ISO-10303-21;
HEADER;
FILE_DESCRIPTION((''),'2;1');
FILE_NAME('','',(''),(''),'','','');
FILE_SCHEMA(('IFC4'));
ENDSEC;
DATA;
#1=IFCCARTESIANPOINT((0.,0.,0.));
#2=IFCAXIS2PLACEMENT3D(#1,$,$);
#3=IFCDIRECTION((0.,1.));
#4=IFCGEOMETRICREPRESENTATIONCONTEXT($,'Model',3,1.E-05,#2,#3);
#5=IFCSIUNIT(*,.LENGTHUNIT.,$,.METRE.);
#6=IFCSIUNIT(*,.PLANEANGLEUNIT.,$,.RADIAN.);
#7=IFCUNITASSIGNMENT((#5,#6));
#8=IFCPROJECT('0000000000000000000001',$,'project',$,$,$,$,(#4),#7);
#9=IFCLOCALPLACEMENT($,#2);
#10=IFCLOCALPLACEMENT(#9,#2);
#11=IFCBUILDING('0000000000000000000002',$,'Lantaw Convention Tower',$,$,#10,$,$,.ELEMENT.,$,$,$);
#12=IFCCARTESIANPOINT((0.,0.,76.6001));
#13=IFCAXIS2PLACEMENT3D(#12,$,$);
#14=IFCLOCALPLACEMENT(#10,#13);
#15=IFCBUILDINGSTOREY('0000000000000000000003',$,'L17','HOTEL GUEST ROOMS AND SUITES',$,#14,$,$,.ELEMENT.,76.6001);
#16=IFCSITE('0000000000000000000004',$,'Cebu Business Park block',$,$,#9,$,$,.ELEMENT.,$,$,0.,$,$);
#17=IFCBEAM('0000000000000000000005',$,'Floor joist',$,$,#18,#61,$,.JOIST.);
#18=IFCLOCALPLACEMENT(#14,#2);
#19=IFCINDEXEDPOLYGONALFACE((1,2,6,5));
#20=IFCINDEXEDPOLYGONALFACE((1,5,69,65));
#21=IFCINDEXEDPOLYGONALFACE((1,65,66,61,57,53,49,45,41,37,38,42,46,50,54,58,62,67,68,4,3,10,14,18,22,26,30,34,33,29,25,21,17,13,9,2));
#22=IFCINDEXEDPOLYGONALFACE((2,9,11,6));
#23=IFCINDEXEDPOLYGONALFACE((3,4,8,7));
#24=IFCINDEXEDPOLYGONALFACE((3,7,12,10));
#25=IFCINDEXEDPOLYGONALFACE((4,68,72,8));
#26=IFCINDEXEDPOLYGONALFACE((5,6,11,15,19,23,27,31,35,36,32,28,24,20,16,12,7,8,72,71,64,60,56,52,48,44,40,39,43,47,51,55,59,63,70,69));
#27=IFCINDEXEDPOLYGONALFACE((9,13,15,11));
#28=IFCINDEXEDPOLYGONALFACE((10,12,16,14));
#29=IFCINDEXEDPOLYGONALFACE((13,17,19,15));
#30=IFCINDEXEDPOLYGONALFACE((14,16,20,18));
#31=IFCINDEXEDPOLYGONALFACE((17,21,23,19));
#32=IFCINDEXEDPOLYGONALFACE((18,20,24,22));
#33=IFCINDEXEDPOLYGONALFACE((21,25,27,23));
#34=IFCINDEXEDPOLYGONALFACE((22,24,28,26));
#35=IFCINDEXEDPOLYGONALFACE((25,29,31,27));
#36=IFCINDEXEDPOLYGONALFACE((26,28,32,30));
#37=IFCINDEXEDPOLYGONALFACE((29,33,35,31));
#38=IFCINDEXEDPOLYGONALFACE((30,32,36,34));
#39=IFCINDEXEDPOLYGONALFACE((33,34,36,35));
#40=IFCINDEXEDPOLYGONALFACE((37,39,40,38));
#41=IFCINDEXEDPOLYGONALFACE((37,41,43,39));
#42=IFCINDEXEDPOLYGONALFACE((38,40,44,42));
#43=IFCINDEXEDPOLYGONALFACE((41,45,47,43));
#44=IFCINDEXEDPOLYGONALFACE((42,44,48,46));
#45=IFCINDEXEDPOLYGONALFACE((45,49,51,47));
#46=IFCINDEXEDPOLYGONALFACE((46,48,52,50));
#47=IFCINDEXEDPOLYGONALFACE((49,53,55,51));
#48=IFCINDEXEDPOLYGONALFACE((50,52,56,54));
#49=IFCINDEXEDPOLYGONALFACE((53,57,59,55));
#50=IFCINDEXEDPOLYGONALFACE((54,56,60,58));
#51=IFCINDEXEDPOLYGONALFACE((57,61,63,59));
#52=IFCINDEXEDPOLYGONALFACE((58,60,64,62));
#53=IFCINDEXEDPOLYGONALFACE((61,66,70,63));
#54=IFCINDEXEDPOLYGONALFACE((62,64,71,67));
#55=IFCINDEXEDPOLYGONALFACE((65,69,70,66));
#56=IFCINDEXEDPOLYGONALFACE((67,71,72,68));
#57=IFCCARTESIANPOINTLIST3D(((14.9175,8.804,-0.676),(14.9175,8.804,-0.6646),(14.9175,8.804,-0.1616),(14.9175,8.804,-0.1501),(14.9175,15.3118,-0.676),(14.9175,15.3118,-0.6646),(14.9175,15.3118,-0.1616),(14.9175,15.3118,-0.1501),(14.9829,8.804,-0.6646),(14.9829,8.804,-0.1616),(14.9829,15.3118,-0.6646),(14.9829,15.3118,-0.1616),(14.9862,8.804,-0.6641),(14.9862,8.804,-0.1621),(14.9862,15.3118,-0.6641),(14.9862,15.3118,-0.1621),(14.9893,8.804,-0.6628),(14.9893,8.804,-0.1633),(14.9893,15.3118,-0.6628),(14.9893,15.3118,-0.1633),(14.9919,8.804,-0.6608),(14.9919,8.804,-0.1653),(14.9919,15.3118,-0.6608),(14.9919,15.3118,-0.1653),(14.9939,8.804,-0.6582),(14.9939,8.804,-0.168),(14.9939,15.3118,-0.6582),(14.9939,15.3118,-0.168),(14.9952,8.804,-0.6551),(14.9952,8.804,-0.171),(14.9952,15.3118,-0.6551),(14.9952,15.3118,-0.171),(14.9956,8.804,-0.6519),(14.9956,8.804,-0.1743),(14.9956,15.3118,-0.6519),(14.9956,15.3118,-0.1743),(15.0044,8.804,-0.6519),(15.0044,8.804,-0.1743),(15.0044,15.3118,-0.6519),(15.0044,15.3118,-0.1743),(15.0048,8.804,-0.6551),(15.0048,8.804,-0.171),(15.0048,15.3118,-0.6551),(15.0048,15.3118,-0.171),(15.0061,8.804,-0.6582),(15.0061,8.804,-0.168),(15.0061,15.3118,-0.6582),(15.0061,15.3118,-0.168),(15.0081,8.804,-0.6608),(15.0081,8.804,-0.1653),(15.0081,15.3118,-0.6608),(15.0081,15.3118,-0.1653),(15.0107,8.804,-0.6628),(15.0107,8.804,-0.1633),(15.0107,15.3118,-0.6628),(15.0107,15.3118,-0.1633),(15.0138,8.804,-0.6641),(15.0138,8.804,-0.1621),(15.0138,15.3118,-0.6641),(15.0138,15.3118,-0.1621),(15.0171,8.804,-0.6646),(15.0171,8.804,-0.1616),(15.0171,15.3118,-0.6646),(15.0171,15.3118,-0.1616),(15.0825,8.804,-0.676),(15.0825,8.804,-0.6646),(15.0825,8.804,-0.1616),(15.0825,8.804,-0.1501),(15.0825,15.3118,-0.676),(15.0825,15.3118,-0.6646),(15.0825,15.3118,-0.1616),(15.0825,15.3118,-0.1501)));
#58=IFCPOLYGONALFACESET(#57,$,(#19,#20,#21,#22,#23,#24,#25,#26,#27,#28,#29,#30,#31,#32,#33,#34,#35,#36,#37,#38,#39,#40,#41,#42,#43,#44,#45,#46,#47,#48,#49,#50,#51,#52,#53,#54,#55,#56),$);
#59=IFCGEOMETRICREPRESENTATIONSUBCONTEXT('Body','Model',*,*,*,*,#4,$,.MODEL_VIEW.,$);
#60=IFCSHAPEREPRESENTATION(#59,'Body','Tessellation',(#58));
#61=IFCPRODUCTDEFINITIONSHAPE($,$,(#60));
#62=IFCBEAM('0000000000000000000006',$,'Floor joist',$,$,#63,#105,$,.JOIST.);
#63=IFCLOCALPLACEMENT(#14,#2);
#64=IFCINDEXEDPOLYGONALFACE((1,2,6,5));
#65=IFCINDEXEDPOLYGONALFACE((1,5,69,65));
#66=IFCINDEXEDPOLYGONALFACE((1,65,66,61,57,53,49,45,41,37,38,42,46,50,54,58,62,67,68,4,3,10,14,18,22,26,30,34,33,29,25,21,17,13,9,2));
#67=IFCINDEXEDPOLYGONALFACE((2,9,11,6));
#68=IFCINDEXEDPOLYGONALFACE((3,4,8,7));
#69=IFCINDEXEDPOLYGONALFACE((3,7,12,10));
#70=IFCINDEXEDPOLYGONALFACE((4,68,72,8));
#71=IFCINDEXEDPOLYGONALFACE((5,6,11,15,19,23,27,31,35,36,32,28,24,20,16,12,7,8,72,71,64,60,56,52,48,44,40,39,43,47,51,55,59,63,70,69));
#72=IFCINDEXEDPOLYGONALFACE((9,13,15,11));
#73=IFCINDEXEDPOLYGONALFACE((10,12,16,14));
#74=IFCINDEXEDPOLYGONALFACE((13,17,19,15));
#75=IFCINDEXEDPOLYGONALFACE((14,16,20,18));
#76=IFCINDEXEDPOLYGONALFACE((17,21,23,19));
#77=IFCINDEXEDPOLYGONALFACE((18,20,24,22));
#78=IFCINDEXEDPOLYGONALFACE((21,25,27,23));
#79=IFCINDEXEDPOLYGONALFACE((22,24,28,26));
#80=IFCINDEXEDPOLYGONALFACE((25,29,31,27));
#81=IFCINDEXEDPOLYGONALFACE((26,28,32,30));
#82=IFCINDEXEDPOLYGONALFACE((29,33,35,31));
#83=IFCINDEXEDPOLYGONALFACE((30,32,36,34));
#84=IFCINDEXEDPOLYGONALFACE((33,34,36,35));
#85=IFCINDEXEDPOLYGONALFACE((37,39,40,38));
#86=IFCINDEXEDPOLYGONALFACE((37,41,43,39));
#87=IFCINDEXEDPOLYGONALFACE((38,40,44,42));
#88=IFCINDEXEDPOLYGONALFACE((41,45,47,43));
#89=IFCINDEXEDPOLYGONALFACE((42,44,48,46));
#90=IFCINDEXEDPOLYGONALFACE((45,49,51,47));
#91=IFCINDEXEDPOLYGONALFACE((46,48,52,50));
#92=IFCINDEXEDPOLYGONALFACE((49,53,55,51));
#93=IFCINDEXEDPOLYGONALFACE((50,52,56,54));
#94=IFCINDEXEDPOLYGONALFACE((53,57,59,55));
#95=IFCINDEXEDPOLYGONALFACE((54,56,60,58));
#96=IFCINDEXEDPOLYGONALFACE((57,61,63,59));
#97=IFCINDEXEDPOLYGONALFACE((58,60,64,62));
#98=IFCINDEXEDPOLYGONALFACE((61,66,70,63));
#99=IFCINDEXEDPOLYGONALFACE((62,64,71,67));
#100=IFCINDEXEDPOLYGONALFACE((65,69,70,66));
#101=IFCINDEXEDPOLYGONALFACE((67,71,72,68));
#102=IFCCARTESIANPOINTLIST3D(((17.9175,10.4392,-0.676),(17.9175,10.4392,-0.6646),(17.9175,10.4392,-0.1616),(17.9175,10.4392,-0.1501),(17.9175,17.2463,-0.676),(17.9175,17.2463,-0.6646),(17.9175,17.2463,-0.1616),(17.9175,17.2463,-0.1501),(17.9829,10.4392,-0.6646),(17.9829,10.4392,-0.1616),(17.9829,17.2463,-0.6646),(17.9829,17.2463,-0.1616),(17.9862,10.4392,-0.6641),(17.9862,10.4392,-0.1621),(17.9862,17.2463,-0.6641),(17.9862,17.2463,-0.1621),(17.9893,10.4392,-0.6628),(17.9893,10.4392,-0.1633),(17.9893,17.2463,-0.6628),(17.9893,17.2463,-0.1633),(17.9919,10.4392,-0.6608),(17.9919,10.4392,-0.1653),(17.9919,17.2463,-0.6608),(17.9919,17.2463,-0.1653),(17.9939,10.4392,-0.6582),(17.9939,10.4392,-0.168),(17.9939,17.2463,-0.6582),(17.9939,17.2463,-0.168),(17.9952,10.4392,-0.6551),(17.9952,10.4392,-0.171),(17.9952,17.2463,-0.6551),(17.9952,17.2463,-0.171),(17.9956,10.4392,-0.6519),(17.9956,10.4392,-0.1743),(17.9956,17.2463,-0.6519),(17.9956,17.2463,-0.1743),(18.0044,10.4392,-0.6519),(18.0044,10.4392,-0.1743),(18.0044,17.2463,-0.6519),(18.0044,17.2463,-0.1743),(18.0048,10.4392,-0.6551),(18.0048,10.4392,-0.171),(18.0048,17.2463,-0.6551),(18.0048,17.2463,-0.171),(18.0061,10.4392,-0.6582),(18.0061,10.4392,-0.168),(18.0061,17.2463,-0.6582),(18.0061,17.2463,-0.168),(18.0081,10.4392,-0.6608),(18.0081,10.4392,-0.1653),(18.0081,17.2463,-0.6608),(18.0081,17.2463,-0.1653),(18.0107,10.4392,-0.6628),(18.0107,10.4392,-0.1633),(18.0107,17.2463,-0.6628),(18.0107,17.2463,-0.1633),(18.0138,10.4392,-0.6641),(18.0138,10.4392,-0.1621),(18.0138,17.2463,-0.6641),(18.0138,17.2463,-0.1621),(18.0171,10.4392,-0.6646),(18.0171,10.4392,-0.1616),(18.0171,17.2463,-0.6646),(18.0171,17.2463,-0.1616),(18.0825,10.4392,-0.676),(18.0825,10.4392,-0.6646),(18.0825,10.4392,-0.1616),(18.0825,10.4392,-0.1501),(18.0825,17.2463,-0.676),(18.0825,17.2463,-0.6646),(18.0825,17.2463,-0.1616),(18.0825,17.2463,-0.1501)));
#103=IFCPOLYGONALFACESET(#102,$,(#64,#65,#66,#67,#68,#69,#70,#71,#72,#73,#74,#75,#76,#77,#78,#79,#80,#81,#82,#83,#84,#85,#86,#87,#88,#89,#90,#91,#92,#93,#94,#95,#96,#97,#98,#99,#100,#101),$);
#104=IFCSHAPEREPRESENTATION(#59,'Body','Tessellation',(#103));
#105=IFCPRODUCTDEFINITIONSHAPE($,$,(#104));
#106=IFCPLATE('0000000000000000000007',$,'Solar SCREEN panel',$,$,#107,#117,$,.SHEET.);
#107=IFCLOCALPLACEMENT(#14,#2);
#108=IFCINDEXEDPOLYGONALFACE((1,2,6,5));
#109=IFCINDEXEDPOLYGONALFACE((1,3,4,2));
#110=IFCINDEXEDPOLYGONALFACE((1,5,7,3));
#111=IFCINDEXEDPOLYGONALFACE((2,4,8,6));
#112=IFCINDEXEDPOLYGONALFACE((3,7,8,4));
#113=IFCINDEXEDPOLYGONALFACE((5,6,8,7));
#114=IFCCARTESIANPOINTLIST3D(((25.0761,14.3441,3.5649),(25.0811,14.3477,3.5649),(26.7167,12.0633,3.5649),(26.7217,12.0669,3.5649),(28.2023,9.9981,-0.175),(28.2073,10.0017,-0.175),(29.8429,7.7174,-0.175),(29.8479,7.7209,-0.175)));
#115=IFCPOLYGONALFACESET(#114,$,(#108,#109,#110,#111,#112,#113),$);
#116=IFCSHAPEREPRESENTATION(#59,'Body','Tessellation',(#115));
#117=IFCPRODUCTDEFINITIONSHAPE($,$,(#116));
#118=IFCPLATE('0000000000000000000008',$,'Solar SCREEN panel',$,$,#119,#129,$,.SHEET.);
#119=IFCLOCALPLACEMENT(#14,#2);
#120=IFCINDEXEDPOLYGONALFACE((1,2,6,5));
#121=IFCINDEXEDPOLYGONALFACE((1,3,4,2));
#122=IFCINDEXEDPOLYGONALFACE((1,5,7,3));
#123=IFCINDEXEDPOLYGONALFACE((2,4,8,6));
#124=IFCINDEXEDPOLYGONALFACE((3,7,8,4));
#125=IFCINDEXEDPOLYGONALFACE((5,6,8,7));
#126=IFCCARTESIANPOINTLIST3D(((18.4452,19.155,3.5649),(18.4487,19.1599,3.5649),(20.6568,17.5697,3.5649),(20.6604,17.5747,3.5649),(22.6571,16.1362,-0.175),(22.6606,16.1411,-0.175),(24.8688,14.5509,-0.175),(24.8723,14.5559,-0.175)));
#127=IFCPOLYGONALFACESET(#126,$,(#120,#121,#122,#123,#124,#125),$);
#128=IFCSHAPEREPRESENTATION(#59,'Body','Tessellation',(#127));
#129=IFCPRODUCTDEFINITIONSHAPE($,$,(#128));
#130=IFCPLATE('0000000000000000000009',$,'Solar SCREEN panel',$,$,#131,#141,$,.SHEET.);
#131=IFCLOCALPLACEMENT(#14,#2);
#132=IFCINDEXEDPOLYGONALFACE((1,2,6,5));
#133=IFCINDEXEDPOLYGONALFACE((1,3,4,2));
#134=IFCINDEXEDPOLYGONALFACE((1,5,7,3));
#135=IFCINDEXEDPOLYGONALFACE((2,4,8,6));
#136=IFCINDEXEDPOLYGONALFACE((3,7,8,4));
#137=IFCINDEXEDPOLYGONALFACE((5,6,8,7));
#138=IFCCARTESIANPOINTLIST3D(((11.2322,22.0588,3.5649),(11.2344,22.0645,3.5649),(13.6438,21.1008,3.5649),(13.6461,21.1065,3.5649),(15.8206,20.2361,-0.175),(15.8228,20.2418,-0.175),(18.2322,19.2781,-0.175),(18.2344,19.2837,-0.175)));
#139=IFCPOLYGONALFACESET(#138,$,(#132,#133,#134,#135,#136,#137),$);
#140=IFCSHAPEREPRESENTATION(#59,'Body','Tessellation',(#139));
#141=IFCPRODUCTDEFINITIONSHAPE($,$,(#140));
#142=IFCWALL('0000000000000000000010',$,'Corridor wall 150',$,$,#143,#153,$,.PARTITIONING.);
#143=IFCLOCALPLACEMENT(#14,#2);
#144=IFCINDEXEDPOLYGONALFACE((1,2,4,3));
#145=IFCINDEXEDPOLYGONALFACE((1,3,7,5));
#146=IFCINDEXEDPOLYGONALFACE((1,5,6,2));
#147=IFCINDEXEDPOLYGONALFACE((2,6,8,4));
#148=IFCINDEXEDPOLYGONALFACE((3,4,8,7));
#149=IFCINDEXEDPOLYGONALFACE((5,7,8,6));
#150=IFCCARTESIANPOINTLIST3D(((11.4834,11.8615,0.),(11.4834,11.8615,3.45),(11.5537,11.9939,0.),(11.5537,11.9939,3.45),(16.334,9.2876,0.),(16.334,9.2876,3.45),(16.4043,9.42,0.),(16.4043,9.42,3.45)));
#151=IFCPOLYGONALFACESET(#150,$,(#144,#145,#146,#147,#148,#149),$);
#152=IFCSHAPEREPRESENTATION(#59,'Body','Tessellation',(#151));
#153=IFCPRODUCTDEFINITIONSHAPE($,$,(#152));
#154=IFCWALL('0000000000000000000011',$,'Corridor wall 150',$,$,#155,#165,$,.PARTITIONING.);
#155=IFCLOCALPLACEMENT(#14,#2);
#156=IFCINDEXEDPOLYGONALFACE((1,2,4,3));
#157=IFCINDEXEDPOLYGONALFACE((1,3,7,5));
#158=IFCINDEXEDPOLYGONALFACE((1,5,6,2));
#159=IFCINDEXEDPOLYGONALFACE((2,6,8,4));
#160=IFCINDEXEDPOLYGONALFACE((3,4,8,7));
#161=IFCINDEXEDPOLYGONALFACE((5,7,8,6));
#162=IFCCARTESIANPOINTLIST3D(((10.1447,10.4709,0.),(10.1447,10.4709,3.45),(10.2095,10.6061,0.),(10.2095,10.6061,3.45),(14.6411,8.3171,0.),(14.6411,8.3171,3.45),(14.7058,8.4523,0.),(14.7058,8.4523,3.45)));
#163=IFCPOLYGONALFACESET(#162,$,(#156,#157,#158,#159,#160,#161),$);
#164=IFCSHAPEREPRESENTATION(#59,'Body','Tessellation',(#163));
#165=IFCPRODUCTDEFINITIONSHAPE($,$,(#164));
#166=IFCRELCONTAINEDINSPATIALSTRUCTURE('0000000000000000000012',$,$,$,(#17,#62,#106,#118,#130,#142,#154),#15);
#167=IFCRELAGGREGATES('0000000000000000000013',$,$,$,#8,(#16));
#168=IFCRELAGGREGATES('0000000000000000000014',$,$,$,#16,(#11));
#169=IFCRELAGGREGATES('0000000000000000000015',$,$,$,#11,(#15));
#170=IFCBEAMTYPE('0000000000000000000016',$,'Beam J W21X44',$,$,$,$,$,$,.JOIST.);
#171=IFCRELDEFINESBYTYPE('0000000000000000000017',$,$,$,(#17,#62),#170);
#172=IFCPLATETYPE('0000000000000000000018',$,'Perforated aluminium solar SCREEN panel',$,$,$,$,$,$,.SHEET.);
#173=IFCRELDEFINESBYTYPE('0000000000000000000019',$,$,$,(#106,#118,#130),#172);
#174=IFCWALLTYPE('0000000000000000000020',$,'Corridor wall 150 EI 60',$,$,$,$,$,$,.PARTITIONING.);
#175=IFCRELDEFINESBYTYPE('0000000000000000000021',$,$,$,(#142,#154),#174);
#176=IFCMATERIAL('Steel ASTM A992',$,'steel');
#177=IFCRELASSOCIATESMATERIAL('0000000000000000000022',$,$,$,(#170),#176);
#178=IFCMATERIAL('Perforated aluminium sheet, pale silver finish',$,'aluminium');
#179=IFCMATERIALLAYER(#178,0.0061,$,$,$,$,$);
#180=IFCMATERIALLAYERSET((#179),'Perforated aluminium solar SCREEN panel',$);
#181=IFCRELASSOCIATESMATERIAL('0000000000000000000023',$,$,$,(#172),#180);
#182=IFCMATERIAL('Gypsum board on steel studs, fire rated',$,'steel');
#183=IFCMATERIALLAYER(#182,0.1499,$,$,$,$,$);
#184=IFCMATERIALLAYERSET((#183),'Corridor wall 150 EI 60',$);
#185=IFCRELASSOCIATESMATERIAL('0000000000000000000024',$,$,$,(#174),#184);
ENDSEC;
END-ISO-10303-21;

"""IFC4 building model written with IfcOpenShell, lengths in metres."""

from ifc_helpers import new_model, si_unit, direction, frame, frame_2d, origin, origin_2d, place, context, subcontext, project, spatial, polyline, rectangle, i_section, outline, extrude, material, layer, layer_set, material_profile, profile_set, type_object, element, save


model = new_model("IFC4")

# Units and contexts
model_context = context("Model", 3, precision=1e-05, world=origin(), true_north=direction((0.0, 1.0)))
body_context = subcontext(model_context, "Body", "Model", "MODEL_VIEW")
ifc_project = project(units=[si_unit("LENGTHUNIT", "METRE"), si_unit("PLANEANGLEUNIT", "RADIAN")], contexts=[model_context])

# Site, building, storey
site_placement = place(None, origin())
site = spatial("IfcSite", under=ifc_project, at=site_placement, Name="Cebu Business Park block", CompositionType="ELEMENT", RefElevation=0.0)
building_placement = place(site_placement, origin())
building = spatial("IfcBuilding", under=site, at=building_placement, Name="Lantaw Convention Tower", CompositionType="ELEMENT")
storey_placement = place(building_placement, frame((0.0, 0.0, 76.6001)))
storey = spatial("IfcBuildingStorey", under=building, at=storey_placement, Name="L17", Description="HOTEL GUEST ROOMS AND SUITES", CompositionType="ELEMENT", Elevation=76.6001)

# Beams
ifc_material_1 = material(Name="Steel ASTM A992", Category="steel")
ifc_material_profile_1 = material_profile(ifc_material_1, i_section(OverallWidth=0.165, OverallDepth=0.5259, WebThickness=0.0088, FlangeThickness=0.0115, FilletRadius=0.0127, at=origin_2d()), Name="W21X44")
ifc_profile_set_1 = profile_set([ifc_material_profile_1], Name="Steel ASTM A992")
beam_type_1 = type_object("IfcBeamType", Name="Beam J W21X44", PredefinedType="JOIST", material=ifc_profile_set_1)
beam_1_placement = place(storey_placement, frame((15.0, 8.804, -0.4131), z_axis=(0.0, 1.0, 0.0), x_axis=(-1.0, 0.0, 0.0)))
element("IfcBeam", 1, at=beam_1_placement, inside=storey, type_object=beam_type_1, Name="Floor joist", PredefinedType="JOIST", context=body_context, shape_type="SweptSolid", body=[
    extrude(i_section(OverallWidth=0.165, OverallDepth=0.5259, WebThickness=0.0088, FlangeThickness=0.0115, FilletRadius=0.0127, at=origin_2d()), origin(), (0.0, 0.0, 1.0), 6.5078),
])
beam_2_placement = place(storey_placement, frame((18.0, 10.4392, -0.4131), z_axis=(0.0, 1.0, 0.0), x_axis=(-1.0, 0.0, 0.0)))
element("IfcBeam", 2, at=beam_2_placement, inside=storey, type_object=beam_type_1, Name="Floor joist", PredefinedType="JOIST", context=body_context, shape_type="SweptSolid", body=[
    extrude(i_section(OverallWidth=0.165, OverallDepth=0.5259, WebThickness=0.0088, FlangeThickness=0.0115, FilletRadius=0.0127, at=origin_2d()), origin(), (0.0, 0.0, 1.0), 6.8071),
])

# Plates
ifc_material_2 = material(Name="Perforated aluminium sheet, pale silver finish", Category="aluminium")
ifc_layer_1 = layer(ifc_material_2, 0.0061)
ifc_layer_set_1 = layer_set([ifc_layer_1], Name="Perforated aluminium solar SCREEN panel")
plate_type = type_object("IfcPlateType", Name="Perforated aluminium solar SCREEN panel", PredefinedType="SHEET", material=ifc_layer_set_1)
plate_1_placement = place(storey_placement, frame((29.8479, 7.7209, -0.175), z_axis=(0.811791, 0.583948, 0.000009), x_axis=(-0.583948, 0.811791, 0.0)))
element("IfcPlate", 3, at=plate_1_placement, inside=storey, type_object=plate_type, Name="Solar SCREEN panel", PredefinedType="SHEET", context=body_context, shape_type="SweptSolid", body=[
    extrude(outline(polyline([(0.0, 0.0), (2.8095, 0.0), (8.1631, 3.74), (5.3536, 3.74), (0.0, 0.0)])), origin(), (0.0, 0.0, -1.0), 0.0061),
])
plate_2_placement = place(storey_placement, frame((24.8723, 14.5559, -0.175), z_axis=(0.582561, 0.812787, 0.000016), x_axis=(-0.812787, 0.582561, 0.0)))
element("IfcPlate", 4, at=plate_2_placement, inside=storey, type_object=plate_type, Name="Solar SCREEN panel", PredefinedType="SHEET", context=body_context, shape_type="SweptSolid", body=[
    extrude(outline(polyline([(0.0, 0.0), (2.7211, 0.0), (7.9031, 3.74), (5.182, 3.74), (0.0, 0.0)])), origin(), (0.0, 0.0, -1.0), 0.0061),
])
plate_3_placement = place(storey_placement, frame((18.2322, 19.2781, -0.175), z_axis=(-0.369184, -0.929357, 0.000009), x_axis=(-0.929357, 0.369184, 0.0)))
element("IfcPlate", 5, at=plate_3_placement, inside=storey, type_object=plate_type, Name="Solar SCREEN panel", PredefinedType="SHEET", context=body_context, shape_type="SweptSolid", body=[
    extrude(outline(polyline([(0.0, 0.0), (2.5949, 0.0), (7.5321, -3.74), (4.9372, -3.74), (0.0, 0.0)])), origin(), (0.0, 0.0, -1.0), 0.0061),
])

# Walls
ifc_material_3 = material(Name="Gypsum board on steel studs, fire rated", Category="steel")
ifc_layer_2 = layer(ifc_material_3, 0.1499)
ifc_layer_set_2 = layer_set([ifc_layer_2], Name="Corridor wall 150 EI 60")
wall_type_1 = type_object("IfcWallType", Name="Corridor wall 150 EI 60", PredefinedType="PARTITIONING", material=ifc_layer_set_2)
wall_1_placement = place(storey_placement, frame((16.3691, 9.3538, 0.0), z_axis=(0.0, 0.0, 1.0), x_axis=(-0.883334, 0.468743, 0.0)))
element("IfcWall", 6, at=wall_1_placement, inside=storey, type_object=wall_type_1, Name="Corridor wall 150", PredefinedType="PARTITIONING", context=body_context, shape_type="SweptSolid", body=[
    extrude(rectangle(XDim=5.4912, YDim=0.1499, at=frame_2d((2.7456, 0.0))), origin(), (0.0, 0.0, 1.0), 3.45),
])
wall_2_placement = place(storey_placement, frame((14.6733, 8.3848, 0.0), z_axis=(0.0, 0.0, 1.0), x_axis=(-0.90187, 0.432008, 0.0)))
element("IfcWall", 7, at=wall_2_placement, inside=storey, type_object=wall_type_1, Name="Corridor wall 150", PredefinedType="PARTITIONING", context=body_context, shape_type="SweptSolid", body=[
    extrude(rectangle(XDim=4.9856, YDim=0.1499, at=frame_2d((2.4927, 0.0))), origin(), (0.0, 0.0, 1.0), 3.45),
])

save(model, "model.ifc")
